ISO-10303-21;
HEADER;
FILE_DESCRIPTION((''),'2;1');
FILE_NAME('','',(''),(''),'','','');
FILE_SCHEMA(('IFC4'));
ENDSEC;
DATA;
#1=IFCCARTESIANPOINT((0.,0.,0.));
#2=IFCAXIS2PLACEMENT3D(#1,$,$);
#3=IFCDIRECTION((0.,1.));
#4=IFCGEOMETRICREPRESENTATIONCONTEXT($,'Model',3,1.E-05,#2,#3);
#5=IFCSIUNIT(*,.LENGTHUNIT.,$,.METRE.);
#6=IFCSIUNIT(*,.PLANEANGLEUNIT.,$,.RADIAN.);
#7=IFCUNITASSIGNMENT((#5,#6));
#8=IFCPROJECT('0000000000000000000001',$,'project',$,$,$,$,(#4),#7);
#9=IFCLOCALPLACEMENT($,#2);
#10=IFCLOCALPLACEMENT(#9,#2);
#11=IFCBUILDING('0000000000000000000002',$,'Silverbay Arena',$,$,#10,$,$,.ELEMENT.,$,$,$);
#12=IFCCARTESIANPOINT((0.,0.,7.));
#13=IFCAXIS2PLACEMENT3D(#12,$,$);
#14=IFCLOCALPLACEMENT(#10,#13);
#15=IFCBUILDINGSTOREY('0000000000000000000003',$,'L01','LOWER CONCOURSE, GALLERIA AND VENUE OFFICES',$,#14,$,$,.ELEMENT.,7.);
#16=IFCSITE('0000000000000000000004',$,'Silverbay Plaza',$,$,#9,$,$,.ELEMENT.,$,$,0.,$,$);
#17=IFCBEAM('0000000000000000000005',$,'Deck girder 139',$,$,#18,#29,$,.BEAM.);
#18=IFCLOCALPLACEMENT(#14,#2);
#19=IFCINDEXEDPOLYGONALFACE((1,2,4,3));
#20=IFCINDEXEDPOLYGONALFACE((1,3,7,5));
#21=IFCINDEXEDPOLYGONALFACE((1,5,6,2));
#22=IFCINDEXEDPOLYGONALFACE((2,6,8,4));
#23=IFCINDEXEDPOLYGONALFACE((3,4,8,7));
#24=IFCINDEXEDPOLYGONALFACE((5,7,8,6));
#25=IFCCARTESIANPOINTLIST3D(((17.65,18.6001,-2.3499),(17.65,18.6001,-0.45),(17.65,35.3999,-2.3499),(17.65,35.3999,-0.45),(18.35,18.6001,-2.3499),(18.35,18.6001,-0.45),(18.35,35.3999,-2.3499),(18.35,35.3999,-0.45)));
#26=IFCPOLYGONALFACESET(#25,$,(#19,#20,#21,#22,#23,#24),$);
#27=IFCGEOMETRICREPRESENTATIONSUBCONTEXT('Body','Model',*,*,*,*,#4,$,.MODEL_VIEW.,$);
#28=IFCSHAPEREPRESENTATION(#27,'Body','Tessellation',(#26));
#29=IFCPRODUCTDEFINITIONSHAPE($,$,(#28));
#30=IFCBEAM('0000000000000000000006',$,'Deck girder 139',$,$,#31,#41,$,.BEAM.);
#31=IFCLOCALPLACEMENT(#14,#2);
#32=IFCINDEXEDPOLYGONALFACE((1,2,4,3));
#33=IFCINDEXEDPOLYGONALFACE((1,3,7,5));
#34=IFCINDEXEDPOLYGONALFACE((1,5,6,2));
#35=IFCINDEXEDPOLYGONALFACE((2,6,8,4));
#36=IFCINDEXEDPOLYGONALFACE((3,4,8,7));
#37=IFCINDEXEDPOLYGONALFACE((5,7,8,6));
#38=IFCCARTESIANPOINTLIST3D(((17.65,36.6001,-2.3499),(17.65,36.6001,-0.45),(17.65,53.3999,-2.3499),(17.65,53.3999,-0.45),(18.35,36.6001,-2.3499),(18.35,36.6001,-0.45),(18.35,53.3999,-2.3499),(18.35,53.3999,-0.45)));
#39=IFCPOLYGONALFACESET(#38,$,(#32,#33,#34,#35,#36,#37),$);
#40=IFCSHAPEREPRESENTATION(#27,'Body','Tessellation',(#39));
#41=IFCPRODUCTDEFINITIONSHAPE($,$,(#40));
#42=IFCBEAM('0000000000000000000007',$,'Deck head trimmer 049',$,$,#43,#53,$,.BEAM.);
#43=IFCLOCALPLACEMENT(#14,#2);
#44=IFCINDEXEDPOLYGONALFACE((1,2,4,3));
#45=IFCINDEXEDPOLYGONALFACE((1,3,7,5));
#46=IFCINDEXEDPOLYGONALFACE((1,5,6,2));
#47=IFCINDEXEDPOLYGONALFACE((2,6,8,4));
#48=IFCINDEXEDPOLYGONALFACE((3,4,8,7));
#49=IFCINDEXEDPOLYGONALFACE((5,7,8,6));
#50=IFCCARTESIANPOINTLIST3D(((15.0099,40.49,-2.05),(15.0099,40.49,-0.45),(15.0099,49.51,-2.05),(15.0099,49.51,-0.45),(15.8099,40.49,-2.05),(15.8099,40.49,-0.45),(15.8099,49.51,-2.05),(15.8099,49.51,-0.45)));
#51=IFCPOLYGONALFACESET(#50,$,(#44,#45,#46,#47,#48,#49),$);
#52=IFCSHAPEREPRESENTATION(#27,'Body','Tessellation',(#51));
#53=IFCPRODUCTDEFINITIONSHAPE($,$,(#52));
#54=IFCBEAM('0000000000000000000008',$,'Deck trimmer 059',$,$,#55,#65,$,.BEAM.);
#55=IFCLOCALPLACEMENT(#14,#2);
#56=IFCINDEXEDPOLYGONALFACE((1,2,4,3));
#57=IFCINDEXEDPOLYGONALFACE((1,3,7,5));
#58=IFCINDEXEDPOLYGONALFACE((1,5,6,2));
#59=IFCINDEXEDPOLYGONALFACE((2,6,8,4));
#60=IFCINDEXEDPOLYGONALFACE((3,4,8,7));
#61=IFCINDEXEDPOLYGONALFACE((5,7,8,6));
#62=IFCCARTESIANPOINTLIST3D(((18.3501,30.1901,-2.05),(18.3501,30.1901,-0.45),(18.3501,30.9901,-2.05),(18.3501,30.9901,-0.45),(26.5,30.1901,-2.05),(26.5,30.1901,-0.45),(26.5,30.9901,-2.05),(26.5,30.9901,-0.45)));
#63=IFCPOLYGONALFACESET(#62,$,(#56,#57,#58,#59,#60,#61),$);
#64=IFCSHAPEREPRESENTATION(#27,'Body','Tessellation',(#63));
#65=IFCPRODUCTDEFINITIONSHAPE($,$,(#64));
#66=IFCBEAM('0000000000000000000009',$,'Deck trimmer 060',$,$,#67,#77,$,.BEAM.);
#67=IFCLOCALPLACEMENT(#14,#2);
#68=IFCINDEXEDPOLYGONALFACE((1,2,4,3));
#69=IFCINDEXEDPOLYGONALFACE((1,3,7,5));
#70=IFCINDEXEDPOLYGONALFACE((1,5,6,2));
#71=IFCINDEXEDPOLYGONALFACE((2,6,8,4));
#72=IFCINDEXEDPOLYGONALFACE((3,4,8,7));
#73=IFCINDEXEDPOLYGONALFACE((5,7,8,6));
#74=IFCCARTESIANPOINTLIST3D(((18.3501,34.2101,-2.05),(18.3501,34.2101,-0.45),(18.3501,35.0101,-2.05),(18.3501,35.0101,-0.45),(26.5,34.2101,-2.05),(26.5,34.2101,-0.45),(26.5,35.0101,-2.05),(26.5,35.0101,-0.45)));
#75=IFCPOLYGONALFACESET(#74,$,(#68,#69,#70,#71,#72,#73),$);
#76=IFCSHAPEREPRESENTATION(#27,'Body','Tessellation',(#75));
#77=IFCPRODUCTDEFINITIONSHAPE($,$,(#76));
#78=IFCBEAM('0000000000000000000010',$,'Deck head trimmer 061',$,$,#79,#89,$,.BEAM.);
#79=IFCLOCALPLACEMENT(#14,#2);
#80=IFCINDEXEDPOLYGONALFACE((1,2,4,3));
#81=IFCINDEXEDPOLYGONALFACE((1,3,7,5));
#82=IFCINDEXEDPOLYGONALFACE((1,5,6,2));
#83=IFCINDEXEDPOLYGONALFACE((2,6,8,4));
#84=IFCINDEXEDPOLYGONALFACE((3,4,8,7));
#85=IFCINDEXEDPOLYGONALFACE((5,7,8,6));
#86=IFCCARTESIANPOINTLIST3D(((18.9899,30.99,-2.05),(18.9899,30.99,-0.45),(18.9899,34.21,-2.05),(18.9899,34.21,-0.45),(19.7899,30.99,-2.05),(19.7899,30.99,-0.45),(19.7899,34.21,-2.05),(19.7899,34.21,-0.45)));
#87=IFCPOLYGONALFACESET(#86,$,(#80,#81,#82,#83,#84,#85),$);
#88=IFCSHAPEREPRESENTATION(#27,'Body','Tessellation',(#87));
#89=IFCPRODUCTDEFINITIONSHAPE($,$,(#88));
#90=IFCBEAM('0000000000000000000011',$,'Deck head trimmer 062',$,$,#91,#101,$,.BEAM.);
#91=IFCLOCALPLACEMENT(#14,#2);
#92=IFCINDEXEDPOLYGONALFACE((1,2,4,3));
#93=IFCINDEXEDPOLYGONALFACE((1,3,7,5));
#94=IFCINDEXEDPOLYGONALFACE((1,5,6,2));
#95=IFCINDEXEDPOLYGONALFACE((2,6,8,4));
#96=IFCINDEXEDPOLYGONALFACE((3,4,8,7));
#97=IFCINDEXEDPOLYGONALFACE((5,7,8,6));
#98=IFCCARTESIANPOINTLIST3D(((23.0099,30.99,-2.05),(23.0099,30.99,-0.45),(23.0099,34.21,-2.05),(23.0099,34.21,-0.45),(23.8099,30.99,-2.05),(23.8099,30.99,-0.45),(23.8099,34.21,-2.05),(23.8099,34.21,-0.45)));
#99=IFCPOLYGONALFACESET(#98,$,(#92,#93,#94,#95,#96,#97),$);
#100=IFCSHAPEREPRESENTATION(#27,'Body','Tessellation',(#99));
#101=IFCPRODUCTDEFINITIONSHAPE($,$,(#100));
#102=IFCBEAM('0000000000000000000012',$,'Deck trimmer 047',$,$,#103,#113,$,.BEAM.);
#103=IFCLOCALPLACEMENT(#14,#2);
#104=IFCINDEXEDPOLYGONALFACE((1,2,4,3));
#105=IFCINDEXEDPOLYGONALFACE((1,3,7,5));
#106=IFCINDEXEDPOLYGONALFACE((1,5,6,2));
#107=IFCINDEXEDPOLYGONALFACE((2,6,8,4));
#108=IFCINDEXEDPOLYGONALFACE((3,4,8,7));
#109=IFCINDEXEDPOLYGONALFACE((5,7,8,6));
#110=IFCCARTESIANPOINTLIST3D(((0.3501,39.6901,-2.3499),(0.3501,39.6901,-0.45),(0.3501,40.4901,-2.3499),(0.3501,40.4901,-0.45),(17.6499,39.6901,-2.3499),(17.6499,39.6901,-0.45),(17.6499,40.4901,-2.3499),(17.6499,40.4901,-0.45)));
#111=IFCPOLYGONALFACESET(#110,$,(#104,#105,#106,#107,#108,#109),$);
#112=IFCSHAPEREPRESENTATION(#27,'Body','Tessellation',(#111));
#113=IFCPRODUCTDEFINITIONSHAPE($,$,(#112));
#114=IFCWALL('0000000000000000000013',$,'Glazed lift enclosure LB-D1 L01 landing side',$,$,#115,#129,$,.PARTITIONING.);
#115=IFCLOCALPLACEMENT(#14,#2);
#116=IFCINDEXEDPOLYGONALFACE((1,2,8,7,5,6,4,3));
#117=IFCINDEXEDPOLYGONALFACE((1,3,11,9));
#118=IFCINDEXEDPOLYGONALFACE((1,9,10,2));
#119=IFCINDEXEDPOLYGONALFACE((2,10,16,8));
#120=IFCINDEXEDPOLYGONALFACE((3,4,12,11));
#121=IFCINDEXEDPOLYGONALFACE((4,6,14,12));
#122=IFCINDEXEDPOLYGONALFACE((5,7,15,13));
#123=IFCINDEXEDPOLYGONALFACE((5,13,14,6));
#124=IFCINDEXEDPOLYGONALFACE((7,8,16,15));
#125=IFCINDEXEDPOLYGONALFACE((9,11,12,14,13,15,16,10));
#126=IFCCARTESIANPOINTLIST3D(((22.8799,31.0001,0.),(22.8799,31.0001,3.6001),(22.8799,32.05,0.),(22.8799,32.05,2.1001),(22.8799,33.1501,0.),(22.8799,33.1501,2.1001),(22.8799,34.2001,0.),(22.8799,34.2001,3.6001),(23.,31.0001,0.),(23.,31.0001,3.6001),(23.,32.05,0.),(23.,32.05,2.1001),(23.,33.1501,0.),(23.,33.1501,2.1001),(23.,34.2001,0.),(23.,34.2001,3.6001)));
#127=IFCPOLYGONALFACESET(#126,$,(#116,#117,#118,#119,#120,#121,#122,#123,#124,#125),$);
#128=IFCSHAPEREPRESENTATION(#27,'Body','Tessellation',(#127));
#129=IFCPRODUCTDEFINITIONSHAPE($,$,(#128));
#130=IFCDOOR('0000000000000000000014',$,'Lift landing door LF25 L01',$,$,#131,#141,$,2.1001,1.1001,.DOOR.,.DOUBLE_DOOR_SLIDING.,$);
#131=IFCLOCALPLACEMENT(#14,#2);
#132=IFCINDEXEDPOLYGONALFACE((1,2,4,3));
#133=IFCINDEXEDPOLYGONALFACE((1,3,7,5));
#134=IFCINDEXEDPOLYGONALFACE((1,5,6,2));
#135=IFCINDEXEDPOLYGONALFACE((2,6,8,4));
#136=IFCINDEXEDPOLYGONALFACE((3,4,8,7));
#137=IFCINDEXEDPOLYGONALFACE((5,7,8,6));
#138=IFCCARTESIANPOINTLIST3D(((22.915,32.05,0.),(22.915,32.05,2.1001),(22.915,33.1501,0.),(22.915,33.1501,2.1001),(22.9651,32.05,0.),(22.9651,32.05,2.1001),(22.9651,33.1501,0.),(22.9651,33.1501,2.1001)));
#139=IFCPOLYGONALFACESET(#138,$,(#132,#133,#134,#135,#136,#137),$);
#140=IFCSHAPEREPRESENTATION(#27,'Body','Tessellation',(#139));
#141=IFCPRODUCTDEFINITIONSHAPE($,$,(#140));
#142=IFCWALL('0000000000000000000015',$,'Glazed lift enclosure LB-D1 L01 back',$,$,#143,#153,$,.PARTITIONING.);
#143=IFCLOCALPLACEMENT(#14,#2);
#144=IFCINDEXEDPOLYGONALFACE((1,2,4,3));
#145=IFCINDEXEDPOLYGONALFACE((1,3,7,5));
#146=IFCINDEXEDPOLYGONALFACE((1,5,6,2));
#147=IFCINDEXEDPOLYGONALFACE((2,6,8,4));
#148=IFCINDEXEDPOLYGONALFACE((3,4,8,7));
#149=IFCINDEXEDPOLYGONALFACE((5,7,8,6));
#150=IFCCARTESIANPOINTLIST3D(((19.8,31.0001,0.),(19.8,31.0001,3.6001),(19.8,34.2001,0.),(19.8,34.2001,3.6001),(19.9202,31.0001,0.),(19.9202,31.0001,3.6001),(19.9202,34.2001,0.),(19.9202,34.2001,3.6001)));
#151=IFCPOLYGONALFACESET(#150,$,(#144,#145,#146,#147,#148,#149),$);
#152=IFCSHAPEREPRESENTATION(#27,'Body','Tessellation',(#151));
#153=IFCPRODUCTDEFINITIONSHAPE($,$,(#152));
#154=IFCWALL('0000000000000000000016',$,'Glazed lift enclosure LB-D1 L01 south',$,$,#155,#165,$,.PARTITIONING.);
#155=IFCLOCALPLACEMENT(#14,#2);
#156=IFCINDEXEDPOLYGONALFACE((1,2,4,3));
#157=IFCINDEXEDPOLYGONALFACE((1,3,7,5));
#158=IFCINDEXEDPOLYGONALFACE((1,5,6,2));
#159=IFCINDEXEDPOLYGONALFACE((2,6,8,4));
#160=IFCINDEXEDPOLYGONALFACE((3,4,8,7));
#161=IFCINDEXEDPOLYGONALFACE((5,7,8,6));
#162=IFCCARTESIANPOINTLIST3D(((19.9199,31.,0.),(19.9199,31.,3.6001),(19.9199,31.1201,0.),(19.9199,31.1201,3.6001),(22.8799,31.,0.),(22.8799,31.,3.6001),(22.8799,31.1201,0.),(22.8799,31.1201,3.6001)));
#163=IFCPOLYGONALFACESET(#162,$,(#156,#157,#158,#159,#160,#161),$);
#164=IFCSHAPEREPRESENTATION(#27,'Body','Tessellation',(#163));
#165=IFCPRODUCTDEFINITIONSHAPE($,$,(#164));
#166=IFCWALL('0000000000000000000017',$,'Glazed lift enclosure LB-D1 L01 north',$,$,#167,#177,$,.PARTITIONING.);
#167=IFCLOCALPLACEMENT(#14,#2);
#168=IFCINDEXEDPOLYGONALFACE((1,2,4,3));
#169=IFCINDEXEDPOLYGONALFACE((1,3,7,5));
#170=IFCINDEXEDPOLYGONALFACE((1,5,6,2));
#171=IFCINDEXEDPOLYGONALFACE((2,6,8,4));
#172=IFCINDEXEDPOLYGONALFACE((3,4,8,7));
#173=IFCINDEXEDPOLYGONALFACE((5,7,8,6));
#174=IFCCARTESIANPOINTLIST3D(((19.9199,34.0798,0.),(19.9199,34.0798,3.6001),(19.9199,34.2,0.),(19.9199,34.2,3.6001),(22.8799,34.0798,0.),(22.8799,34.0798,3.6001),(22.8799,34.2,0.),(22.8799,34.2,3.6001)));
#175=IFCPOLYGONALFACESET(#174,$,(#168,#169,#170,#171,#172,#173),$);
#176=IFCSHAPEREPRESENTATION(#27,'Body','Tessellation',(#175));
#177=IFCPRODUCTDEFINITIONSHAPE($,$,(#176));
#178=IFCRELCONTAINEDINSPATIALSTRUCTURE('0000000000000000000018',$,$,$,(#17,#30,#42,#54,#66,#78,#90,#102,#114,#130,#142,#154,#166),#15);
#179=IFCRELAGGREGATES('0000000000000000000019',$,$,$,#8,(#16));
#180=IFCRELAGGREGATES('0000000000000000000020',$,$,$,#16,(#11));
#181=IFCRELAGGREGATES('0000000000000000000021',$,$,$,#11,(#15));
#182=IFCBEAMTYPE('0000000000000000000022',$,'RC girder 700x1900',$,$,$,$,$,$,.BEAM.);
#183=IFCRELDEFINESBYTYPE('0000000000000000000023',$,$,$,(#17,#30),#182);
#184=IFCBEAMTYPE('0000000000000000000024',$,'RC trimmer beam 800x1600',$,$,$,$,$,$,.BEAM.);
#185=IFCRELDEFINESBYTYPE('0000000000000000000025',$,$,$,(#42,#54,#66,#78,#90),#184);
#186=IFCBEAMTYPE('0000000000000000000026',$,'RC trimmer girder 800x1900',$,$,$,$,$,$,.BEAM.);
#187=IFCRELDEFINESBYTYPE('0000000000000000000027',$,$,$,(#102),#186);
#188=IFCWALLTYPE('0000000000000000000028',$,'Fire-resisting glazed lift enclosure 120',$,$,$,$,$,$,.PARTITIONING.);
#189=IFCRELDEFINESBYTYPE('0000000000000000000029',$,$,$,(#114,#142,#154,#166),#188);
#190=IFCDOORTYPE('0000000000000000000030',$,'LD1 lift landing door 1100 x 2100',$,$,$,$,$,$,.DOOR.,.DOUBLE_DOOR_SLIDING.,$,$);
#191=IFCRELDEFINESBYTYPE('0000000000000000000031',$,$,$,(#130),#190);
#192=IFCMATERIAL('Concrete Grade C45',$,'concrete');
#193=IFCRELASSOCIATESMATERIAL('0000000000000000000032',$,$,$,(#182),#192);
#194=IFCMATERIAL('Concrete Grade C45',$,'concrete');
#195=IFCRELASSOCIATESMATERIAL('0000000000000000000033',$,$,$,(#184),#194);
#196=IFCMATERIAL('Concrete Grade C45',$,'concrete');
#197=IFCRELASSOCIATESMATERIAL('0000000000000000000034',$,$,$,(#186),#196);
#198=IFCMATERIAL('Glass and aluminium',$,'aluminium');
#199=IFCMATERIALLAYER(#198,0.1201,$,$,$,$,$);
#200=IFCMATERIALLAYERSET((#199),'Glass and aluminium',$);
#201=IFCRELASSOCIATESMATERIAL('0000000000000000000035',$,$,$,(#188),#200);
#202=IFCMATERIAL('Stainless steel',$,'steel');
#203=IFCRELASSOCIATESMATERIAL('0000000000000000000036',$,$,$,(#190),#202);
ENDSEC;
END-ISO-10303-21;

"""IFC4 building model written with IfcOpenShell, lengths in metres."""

from ifc_helpers import new_model, si_unit, direction, frame, frame_2d, origin, origin_2d, place, context, subcontext, project, spatial, rectangle, extrude, material, layer, layer_set, material_profile, profile_set, type_object, element, fill, save


model = new_model("IFC4")

# Units and contexts
model_context = context("Model", 3, precision=1e-05, world=origin(), true_north=direction((0.0, 1.0)))
body_context = subcontext(model_context, "Body", "Model", "MODEL_VIEW")
ifc_project = project(units=[si_unit("LENGTHUNIT", "METRE"), si_unit("PLANEANGLEUNIT", "RADIAN")], contexts=[model_context])

# Site, building, storey
site_placement = place(None, origin())
site = spatial("IfcSite", under=ifc_project, at=site_placement, Name="Silverbay Plaza", CompositionType="ELEMENT", RefElevation=0.0)
building_placement = place(site_placement, origin())
building = spatial("IfcBuilding", under=site, at=building_placement, Name="Silverbay Arena", CompositionType="ELEMENT")
storey_placement = place(building_placement, frame((0.0, 0.0, 7.0)))
storey = spatial("IfcBuildingStorey", under=building, at=storey_placement, Name="L01", Description="LOWER CONCOURSE, GALLERIA AND VENUE OFFICES", CompositionType="ELEMENT", Elevation=7.0)

# Beams
ifc_material_1 = material(Name="Concrete Grade C45", Category="concrete")
ifc_material_profile_1 = material_profile(ifc_material_1, rectangle(XDim=0.7, YDim=1.8999, at=origin_2d()), Name="RC 700x1900")
ifc_profile_set_1 = profile_set([ifc_material_profile_1], Name="Concrete Grade C45")
beam_type_1 = type_object("IfcBeamType", Name="RC girder 700x1900", PredefinedType="BEAM", material=ifc_profile_set_1)
for number, where, z_axis, x_axis, name in (
    (1, (18.0, 18.6001, -1.3999), (0.0, 1.0, 0.0), (-1.0, 0.0, 0.0), "Deck girder 139"),
    (2, (18.0, 36.6001, -1.3999), (0.0, 1.0, 0.0), (-1.0, 0.0, 0.0), "Deck girder 139"),
):
    element("IfcBeam", number, at=place(storey_placement, frame(where, z_axis=z_axis, x_axis=x_axis)), inside=storey, type_object=beam_type_1, Name=name, PredefinedType="BEAM", context=body_context, shape_type="SweptSolid", body=[
        extrude(rectangle(XDim=0.7, YDim=1.8999, at=origin_2d()), origin(), (0.0, 0.0, 1.0), 16.7998),
    ])
ifc_material_2 = material(Name="Concrete Grade C45", Category="concrete")
ifc_material_profile_2 = material_profile(ifc_material_2, rectangle(XDim=0.8, YDim=1.6001, at=origin_2d()), Name="RC 800x1600")
ifc_profile_set_2 = profile_set([ifc_material_profile_2], Name="Concrete Grade C45")
beam_type_2 = type_object("IfcBeamType", Name="RC trimmer beam 800x1600", PredefinedType="BEAM", material=ifc_profile_set_2)
beam_1_placement = place(storey_placement, frame((15.4099, 40.49, -1.25), z_axis=(0.0, 1.0, 0.0), x_axis=(-1.0, 0.0, 0.0)))
element("IfcBeam", 3, at=beam_1_placement, inside=storey, type_object=beam_type_2, Name="Deck head trimmer 049", PredefinedType="BEAM", context=body_context, shape_type="SweptSolid", body=[
    extrude(rectangle(XDim=0.8, YDim=1.6001, at=origin_2d()), origin(), (0.0, 0.0, 1.0), 9.02),
])
for number, where, z_axis, x_axis, name in (
    (4, (18.3501, 30.5901, -1.25), (1.0, 0.0, 0.0), (0.0, 1.0, 0.0), "Deck trimmer 059"),
    (5, (18.3501, 34.6101, -1.25), (1.0, 0.0, 0.0), (0.0, 1.0, 0.0), "Deck trimmer 060"),
):
    element("IfcBeam", number, at=place(storey_placement, frame(where, z_axis=z_axis, x_axis=x_axis)), inside=storey, type_object=beam_type_2, Name=name, PredefinedType="BEAM", context=body_context, shape_type="SweptSolid", body=[
        extrude(rectangle(XDim=0.8, YDim=1.6001, at=origin_2d()), origin(), (0.0, 0.0, 1.0), 8.1499),
    ])
for number, where, z_axis, x_axis, name in (
    (6, (19.3899, 30.99, -1.25), (0.0, 1.0, 0.0), (-1.0, 0.0, 0.0), "Deck head trimmer 061"),
    (7, (23.4099, 30.99, -1.25), (0.0, 1.0, 0.0), (-1.0, 0.0, 0.0), "Deck head trimmer 062"),
):
    element("IfcBeam", number, at=place(storey_placement, frame(where, z_axis=z_axis, x_axis=x_axis)), inside=storey, type_object=beam_type_2, Name=name, PredefinedType="BEAM", context=body_context, shape_type="SweptSolid", body=[
        extrude(rectangle(XDim=0.8, YDim=1.6001, at=origin_2d()), origin(), (0.0, 0.0, 1.0), 3.22),
    ])
ifc_material_3 = material(Name="Concrete Grade C45", Category="concrete")
ifc_material_profile_3 = material_profile(ifc_material_3, rectangle(XDim=0.8, YDim=1.8999, at=origin_2d()), Name="RC 800x1900")
ifc_profile_set_3 = profile_set([ifc_material_profile_3], Name="Concrete Grade C45")
beam_type_3 = type_object("IfcBeamType", Name="RC trimmer girder 800x1900", PredefinedType="BEAM", material=ifc_profile_set_3)
beam_2_placement = place(storey_placement, frame((0.3501, 40.0901, -1.3999), z_axis=(1.0, 0.0, 0.0), x_axis=(0.0, 1.0, 0.0)))
element("IfcBeam", 8, at=beam_2_placement, inside=storey, type_object=beam_type_3, Name="Deck trimmer 047", PredefinedType="BEAM", context=body_context, shape_type="SweptSolid", body=[
    extrude(rectangle(XDim=0.8, YDim=1.8999, at=origin_2d()), origin(), (0.0, 0.0, 1.0), 17.2998),
])

# Wall, opening, door
ifc_material_4 = material(Name="Glass and aluminium", Category="aluminium")
ifc_layer = layer(ifc_material_4, 0.1201)
ifc_layer_set = layer_set([ifc_layer], Name="Glass and aluminium")
wall_type = type_object("IfcWallType", Name="Fire-resisting glazed lift enclosure 120", PredefinedType="PARTITIONING", material=ifc_layer_set)
wall_1_placement = place(storey_placement, frame((22.9399, 31.0, 0.0), z_axis=(0.0, 0.0, 1.0), x_axis=(0.0, 1.0, 0.0)))
wall_1 = element("IfcWall", 9, at=wall_1_placement, inside=storey, type_object=wall_type, Name="Glazed lift enclosure LB-D1 L01 landing side", PredefinedType="PARTITIONING", context=body_context, shape_type="SweptSolid", body=[
    extrude(rectangle(XDim=3.2, YDim=0.1201, at=frame_2d((1.6001, 0.0))), origin(), (0.0, 0.0, 1.0), 3.6001),
])
opening_placement = place(wall_1_placement, frame((1.05, 0.0, 0.0)))
opening = element("IfcOpeningElement", 10, at=opening_placement, cuts=wall_1, PredefinedType="OPENING", context=body_context, shape_type="SweptSolid", body=[
    extrude(rectangle(XDim=1.1001, YDim=2.1001, at=frame_2d((0.55, 1.05))), frame((0.0, 0.0701, 0.0), z_axis=(0.0, -1.0, 0.0), x_axis=(1.0, 0.0, 0.0)), (0.0, 0.0, 1.0), 0.1401),
])
ifc_material_5 = material(Name="Stainless steel", Category="steel")
door_type = type_object("IfcDoorType", Name="LD1 lift landing door 1100 x 2100", OperationType="DOUBLE_DOOR_SLIDING", PredefinedType="DOOR", material=ifc_material_5)
door_placement = place(opening_placement, origin())
door = element("IfcDoor", 11, at=door_placement, inside=storey, type_object=door_type, Name="Lift landing door LF25 L01", OperationType="DOUBLE_DOOR_SLIDING", OverallHeight=2.1001, OverallWidth=1.1001, PredefinedType="DOOR", context=body_context, shape_type="SweptSolid", body=[
    extrude(rectangle(XDim=1.1001, YDim=2.1001, at=frame_2d((0.55, 1.05))), frame((0.0, 0.0249, 0.0), z_axis=(0.0, -1.0, 0.0), x_axis=(1.0, 0.0, 0.0)), (0.0, 0.0, 1.0), 0.05),
])
fill(opening, door)

# Walls
wall_2_placement = place(storey_placement, frame((19.8601, 31.0, 0.0), z_axis=(0.0, 0.0, 1.0), x_axis=(0.0, 1.0, 0.0)))
element("IfcWall", 12, at=wall_2_placement, inside=storey, type_object=wall_type, Name="Glazed lift enclosure LB-D1 L01 back", PredefinedType="PARTITIONING", context=body_context, shape_type="SweptSolid", body=[
    extrude(rectangle(XDim=3.2, YDim=0.1201, at=frame_2d((1.6001, 0.0))), origin(), (0.0, 0.0, 1.0), 3.6001),
])
for number, where, z_axis, x_axis, name in (
    (13, (19.9199, 31.0601, 0.0), (0.0, 0.0, 1.0), (1.0, 0.0, 0.0), "Glazed lift enclosure LB-D1 L01 south"),
    (14, (19.9199, 34.1399, 0.0), (0.0, 0.0, 1.0), (1.0, 0.0, 0.0), "Glazed lift enclosure LB-D1 L01 north"),
):
    element("IfcWall", number, at=place(storey_placement, frame(where, z_axis=z_axis, x_axis=x_axis)), inside=storey, type_object=wall_type, Name=name, PredefinedType="PARTITIONING", context=body_context, shape_type="SweptSolid", body=[
        extrude(rectangle(XDim=2.96, YDim=0.1201, at=frame_2d((1.48, 0.0))), origin(), (0.0, 0.0, 1.0), 3.6001),
    ])

save(model, "model.ifc")
